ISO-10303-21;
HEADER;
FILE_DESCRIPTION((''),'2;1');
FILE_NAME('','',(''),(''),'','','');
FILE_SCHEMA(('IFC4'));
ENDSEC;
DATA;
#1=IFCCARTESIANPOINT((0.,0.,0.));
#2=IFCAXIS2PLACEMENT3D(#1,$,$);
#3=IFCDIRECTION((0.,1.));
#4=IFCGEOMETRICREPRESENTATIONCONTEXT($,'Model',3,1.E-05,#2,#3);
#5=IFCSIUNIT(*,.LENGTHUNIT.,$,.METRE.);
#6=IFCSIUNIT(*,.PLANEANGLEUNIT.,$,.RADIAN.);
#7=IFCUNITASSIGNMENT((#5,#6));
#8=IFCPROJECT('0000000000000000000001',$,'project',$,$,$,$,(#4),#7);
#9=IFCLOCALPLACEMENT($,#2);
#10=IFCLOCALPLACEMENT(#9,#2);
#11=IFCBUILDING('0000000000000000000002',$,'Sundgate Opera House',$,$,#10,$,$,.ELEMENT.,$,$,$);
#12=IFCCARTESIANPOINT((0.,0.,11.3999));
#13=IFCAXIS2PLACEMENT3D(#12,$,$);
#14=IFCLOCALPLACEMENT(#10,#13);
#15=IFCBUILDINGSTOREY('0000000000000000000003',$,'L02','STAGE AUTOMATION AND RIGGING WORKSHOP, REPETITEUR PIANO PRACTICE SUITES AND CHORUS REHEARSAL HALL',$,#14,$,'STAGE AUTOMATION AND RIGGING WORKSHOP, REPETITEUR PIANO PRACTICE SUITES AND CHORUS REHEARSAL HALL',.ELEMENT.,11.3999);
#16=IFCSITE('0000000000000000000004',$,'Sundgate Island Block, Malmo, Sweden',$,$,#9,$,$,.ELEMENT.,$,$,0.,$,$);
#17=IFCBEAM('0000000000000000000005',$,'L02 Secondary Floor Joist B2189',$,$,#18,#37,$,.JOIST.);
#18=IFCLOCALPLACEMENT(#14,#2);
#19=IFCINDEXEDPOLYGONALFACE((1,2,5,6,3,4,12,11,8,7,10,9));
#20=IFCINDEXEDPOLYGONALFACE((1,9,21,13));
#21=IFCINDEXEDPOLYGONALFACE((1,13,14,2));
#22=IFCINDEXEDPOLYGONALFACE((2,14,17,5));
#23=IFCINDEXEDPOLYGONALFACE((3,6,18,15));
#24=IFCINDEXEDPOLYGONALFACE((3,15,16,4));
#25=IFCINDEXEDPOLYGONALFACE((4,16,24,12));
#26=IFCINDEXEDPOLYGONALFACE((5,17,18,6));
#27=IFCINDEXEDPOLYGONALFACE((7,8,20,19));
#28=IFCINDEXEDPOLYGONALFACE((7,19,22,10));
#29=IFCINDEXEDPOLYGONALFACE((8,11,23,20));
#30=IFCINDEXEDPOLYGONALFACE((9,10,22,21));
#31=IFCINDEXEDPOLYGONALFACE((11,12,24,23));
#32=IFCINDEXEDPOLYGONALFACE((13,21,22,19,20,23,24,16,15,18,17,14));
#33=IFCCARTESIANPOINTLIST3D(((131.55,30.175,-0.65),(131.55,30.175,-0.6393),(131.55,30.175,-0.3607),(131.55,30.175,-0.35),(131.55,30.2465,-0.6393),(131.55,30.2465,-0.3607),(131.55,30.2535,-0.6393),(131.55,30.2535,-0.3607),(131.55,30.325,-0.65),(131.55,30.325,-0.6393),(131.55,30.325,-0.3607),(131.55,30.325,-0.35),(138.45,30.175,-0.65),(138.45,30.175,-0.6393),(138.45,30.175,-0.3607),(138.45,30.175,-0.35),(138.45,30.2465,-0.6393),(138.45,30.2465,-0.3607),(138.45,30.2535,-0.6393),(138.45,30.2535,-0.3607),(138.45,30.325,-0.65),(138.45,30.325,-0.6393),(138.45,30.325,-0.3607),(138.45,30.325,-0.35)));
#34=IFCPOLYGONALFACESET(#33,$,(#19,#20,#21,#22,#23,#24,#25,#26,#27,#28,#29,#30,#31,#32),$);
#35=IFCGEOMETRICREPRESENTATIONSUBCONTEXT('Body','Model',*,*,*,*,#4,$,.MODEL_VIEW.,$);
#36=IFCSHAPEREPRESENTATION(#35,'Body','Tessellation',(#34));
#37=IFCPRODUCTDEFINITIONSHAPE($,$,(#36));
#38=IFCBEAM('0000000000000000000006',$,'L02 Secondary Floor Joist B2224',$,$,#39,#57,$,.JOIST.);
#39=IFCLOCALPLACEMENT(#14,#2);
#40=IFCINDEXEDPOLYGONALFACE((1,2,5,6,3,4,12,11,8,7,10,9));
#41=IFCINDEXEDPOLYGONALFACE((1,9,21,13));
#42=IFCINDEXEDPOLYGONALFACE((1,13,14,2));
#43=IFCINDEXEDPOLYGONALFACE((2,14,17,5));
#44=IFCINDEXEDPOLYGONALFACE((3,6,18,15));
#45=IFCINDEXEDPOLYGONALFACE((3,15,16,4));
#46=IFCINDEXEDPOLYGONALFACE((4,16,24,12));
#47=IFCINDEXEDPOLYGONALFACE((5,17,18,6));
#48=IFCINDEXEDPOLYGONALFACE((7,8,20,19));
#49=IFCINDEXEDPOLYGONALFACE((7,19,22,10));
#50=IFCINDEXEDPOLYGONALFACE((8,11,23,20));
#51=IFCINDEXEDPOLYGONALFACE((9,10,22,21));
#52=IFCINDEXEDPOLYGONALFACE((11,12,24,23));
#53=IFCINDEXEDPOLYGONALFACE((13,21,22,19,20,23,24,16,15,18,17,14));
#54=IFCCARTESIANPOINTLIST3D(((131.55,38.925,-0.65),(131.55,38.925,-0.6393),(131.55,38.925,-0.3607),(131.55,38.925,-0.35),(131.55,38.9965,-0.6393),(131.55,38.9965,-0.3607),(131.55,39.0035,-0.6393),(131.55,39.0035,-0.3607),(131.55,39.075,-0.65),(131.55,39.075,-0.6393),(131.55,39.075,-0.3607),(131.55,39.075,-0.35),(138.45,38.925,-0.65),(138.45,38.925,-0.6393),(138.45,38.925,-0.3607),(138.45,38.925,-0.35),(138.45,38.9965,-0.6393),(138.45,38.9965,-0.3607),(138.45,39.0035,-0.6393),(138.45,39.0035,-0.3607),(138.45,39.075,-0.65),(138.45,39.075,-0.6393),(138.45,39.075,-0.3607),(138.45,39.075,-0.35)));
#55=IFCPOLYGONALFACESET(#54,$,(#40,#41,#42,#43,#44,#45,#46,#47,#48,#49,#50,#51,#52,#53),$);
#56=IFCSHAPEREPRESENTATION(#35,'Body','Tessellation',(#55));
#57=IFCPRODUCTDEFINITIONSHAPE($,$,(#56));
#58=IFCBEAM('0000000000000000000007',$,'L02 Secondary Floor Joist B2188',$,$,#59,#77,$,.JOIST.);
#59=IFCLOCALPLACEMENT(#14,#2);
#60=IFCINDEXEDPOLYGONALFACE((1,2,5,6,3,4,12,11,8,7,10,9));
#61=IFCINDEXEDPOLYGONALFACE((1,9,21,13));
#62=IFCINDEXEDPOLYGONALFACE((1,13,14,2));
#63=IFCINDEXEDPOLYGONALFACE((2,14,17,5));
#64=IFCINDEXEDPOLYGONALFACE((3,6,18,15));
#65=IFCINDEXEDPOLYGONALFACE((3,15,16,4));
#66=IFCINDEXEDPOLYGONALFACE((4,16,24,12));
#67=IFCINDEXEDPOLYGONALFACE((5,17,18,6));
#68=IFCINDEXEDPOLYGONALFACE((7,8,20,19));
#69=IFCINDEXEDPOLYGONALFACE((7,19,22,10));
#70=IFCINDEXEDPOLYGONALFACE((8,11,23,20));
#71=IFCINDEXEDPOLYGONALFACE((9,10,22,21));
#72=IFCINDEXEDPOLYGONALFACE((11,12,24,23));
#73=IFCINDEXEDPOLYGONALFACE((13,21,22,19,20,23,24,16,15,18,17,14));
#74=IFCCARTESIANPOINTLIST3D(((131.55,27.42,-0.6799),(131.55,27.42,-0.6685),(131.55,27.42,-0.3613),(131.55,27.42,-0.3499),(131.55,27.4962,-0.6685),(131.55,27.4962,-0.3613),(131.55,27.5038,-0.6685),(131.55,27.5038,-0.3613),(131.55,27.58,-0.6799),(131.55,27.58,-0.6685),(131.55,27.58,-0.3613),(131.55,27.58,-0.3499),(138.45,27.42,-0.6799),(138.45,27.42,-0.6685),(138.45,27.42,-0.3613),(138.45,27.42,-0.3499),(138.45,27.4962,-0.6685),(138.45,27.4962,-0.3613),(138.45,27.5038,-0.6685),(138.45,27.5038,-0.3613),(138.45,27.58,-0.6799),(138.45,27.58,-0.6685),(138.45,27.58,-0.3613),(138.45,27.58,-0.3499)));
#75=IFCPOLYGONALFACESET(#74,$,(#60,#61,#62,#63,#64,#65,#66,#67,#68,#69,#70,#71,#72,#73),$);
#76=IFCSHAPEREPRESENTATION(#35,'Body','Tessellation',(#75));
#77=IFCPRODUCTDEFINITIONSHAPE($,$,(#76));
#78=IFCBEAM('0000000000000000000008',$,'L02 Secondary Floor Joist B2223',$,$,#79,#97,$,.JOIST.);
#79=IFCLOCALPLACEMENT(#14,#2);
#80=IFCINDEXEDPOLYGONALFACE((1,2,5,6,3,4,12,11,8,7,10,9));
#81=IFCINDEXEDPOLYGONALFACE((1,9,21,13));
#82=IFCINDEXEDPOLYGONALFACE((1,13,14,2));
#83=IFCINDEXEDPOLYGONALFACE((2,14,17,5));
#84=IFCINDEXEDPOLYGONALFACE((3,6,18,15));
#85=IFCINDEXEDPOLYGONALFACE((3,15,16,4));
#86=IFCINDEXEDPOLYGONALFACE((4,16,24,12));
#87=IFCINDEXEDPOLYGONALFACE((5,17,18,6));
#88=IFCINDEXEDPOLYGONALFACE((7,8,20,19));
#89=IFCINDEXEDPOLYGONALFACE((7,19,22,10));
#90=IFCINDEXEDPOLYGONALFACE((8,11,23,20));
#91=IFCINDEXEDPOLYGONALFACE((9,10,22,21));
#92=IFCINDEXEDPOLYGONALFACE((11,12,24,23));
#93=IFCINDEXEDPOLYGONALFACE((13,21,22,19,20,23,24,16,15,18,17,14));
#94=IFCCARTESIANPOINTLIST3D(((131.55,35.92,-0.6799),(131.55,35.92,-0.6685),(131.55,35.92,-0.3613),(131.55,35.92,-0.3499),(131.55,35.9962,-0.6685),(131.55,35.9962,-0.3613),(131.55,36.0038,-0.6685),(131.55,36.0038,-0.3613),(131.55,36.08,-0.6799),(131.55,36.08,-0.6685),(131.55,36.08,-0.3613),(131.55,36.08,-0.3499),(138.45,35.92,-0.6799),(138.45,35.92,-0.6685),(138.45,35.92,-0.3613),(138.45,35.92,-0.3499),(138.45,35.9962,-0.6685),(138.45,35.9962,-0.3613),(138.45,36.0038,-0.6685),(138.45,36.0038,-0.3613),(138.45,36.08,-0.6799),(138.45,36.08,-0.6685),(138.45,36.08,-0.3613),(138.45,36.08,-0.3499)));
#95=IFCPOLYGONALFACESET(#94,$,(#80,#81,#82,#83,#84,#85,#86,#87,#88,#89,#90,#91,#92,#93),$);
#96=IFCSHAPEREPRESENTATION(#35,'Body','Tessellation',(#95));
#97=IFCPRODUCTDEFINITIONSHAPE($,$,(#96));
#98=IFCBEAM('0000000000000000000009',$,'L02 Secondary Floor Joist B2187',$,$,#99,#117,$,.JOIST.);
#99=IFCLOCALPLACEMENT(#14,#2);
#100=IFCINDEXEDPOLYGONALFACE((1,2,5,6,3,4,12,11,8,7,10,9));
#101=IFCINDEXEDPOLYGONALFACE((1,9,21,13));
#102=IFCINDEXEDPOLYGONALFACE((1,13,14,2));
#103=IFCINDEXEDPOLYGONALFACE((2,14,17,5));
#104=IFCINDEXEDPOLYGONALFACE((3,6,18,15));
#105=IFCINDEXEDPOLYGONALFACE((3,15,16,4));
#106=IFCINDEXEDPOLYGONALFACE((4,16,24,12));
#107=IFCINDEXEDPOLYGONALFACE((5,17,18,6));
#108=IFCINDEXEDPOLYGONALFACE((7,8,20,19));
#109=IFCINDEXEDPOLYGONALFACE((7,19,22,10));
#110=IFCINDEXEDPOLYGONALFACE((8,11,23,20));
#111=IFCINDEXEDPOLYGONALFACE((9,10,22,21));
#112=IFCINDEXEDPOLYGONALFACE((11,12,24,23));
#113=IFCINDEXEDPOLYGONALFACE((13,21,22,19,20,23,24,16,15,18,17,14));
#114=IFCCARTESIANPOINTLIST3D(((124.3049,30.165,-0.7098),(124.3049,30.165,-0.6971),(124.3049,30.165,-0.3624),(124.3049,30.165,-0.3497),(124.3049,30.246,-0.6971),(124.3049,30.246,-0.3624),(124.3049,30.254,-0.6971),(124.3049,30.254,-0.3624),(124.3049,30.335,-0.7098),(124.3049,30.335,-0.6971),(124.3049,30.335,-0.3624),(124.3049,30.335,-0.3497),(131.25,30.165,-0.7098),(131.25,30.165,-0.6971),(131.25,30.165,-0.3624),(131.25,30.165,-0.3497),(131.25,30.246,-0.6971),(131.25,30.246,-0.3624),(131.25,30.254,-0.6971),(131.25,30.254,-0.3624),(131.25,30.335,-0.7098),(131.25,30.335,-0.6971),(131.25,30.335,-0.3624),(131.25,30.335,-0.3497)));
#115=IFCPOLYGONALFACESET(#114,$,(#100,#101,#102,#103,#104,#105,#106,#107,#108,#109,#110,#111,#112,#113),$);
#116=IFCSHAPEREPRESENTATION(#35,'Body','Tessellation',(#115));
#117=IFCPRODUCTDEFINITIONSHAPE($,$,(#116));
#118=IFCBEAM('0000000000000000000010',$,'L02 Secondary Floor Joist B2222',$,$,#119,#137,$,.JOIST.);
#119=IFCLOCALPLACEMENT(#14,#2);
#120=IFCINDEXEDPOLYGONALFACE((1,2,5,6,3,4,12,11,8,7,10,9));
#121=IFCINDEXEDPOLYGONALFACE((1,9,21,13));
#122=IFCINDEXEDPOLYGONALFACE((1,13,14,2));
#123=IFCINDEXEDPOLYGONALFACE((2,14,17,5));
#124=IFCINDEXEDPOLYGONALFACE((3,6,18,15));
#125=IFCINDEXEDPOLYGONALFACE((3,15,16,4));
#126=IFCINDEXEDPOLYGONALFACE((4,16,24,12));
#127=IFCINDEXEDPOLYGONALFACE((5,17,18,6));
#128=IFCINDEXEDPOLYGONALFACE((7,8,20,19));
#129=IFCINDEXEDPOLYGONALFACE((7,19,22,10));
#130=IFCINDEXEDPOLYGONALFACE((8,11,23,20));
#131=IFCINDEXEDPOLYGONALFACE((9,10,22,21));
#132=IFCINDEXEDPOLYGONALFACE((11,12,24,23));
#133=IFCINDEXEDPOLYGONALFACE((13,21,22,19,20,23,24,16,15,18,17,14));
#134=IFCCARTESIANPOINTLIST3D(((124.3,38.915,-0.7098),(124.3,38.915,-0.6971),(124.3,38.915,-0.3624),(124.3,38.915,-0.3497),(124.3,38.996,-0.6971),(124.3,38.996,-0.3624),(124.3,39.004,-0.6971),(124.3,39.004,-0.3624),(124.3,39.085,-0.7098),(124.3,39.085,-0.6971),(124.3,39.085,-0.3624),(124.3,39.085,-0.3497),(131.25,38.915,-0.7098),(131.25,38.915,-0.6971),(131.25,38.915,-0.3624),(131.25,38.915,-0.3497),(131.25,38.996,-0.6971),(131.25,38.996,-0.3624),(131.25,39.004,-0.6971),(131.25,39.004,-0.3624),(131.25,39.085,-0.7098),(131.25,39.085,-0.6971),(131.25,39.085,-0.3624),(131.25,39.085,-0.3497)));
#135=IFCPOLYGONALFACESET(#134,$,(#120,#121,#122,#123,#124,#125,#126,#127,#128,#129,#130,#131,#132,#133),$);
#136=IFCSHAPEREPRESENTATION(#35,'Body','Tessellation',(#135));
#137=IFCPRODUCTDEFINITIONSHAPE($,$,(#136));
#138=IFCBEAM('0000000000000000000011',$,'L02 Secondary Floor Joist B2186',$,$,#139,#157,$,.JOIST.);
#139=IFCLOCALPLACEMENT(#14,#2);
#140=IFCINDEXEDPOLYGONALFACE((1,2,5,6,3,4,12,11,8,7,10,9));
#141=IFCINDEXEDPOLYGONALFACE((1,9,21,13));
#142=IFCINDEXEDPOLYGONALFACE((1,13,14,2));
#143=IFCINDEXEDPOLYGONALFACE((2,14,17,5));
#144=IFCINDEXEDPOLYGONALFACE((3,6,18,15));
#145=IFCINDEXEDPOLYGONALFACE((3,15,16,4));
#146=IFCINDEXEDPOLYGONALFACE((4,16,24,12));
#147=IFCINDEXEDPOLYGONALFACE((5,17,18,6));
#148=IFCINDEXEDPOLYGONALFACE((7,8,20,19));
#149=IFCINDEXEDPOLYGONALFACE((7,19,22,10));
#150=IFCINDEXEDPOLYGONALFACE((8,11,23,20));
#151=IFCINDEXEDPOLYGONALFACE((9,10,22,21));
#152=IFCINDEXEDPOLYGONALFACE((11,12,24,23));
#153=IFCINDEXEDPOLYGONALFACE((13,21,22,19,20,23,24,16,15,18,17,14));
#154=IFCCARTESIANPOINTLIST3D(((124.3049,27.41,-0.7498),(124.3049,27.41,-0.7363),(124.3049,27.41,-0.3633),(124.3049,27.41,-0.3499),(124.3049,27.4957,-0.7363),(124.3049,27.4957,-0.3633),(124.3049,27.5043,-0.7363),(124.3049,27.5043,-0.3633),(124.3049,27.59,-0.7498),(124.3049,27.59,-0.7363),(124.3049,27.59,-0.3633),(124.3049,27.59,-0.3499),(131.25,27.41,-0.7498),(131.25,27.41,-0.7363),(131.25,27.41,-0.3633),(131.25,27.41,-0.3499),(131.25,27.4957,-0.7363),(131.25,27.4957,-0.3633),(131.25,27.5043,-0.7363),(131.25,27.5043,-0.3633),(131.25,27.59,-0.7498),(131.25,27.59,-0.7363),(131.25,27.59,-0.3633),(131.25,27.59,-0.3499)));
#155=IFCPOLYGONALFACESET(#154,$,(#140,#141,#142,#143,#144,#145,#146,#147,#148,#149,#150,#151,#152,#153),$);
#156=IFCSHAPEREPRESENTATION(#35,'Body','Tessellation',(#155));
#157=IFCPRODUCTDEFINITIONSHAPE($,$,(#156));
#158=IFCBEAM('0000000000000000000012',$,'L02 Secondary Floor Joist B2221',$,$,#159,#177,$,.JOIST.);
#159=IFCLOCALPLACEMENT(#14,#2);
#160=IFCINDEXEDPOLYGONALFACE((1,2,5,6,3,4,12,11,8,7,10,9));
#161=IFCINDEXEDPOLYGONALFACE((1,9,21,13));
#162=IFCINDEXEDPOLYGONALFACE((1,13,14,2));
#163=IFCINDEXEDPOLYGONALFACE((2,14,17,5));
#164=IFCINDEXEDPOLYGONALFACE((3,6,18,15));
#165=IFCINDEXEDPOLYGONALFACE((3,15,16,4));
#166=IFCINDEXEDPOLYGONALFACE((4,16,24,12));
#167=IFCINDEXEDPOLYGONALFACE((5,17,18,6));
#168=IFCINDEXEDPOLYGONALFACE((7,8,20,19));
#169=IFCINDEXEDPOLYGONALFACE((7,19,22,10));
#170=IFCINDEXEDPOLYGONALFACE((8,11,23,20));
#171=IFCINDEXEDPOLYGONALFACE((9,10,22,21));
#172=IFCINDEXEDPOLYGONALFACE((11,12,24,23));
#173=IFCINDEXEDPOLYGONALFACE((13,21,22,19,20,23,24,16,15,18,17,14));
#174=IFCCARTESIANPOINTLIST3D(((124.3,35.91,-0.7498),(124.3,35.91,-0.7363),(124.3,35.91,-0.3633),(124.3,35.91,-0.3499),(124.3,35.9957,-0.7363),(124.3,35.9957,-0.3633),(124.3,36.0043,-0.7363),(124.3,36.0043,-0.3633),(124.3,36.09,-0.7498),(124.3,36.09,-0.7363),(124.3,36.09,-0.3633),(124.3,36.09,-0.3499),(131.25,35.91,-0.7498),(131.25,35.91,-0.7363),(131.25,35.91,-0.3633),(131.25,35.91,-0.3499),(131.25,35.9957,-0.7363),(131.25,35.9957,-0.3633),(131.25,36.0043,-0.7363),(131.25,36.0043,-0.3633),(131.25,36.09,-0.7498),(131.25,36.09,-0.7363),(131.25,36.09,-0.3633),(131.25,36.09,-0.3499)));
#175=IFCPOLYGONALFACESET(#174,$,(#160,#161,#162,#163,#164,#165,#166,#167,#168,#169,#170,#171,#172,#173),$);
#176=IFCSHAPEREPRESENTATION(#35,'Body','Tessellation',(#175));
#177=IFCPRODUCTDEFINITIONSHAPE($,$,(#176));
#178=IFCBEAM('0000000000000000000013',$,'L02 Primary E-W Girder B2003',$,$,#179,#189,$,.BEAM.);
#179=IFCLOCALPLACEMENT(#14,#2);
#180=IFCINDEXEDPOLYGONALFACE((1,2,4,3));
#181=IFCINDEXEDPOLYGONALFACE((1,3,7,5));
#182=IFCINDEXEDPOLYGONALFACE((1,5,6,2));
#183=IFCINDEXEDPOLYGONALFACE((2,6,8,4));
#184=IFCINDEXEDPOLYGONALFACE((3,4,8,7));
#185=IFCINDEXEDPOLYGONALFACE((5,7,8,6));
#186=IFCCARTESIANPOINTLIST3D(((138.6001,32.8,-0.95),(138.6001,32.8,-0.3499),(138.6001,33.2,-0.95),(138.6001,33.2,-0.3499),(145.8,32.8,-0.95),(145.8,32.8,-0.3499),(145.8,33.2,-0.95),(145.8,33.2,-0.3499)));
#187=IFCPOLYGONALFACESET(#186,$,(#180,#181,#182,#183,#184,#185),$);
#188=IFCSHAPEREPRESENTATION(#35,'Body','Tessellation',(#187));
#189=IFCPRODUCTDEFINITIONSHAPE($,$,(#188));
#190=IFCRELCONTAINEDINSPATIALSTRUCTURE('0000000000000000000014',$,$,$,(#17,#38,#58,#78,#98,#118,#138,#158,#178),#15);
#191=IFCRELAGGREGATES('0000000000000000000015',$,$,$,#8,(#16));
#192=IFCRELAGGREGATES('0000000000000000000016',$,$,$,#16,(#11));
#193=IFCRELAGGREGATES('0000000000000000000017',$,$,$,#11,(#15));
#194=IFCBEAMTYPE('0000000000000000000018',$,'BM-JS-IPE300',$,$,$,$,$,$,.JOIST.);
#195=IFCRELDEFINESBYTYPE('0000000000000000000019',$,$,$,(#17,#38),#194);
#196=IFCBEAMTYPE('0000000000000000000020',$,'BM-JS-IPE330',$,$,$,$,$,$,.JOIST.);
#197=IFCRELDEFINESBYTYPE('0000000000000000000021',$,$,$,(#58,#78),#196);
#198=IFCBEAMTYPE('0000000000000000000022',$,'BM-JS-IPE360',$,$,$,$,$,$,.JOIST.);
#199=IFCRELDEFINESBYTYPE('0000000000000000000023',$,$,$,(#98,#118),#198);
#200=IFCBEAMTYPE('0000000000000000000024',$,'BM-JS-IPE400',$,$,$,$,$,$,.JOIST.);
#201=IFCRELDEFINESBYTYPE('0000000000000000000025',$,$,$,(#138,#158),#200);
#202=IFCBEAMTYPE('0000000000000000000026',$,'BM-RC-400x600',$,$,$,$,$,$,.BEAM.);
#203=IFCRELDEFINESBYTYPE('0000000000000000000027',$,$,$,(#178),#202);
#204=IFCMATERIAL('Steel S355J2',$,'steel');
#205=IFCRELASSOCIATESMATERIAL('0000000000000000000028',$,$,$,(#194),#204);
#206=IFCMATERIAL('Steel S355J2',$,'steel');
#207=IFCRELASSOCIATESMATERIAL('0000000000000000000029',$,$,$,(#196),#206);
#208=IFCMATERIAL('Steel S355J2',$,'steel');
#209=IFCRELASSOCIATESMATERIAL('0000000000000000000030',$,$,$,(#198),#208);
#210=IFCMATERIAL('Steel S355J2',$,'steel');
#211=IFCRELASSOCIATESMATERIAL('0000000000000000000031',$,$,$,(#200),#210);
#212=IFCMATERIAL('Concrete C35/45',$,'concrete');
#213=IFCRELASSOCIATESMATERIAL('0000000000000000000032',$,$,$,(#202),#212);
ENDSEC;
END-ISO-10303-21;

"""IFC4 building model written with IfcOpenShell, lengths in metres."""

from ifc_helpers import new_model, si_unit, direction, frame, origin, origin_2d, place, context, subcontext, project, spatial, rectangle, i_section, extrude, material, material_profile, profile_set, type_object, element, save


model = new_model("IFC4")

# Units and contexts
model_context = context("Model", 3, precision=1e-05, world=origin(), true_north=direction((0.0, 1.0)))
body_context = subcontext(model_context, "Body", "Model", "MODEL_VIEW")
ifc_project = project(units=[si_unit("LENGTHUNIT", "METRE"), si_unit("PLANEANGLEUNIT", "RADIAN")], contexts=[model_context])

# Site, building, storey
site_placement = place(None, origin())
site = spatial("IfcSite", under=ifc_project, at=site_placement, Name="Sundgate Island Block, Malmo, Sweden", CompositionType="ELEMENT", RefElevation=0.0)
building_placement = place(site_placement, origin())
building = spatial("IfcBuilding", under=site, at=building_placement, Name="Sundgate Opera House", CompositionType="ELEMENT")
storey_placement = place(building_placement, frame((0.0, 0.0, 11.3999)))
storey = spatial("IfcBuildingStorey", under=building, at=storey_placement, Name="L02", Description="STAGE AUTOMATION AND RIGGING WORKSHOP, REPETITEUR PIANO PRACTICE SUITES AND CHORUS REHEARSAL HALL", LongName="STAGE AUTOMATION AND RIGGING WORKSHOP, REPETITEUR PIANO PRACTICE SUITES AND CHORUS REHEARSAL HALL", CompositionType="ELEMENT", Elevation=11.3999)

# Beams
ifc_material_1 = material(Name="Steel S355J2", Category="steel")
ifc_material_profile_1 = material_profile(ifc_material_1, i_section(OverallWidth=0.1499, OverallDepth=0.3, WebThickness=0.0071, FlangeThickness=0.0107, at=origin_2d()), Name="IPE 300")
ifc_profile_set_1 = profile_set([ifc_material_profile_1], Name="Steel S355J2")
beam_type_1 = type_object("IfcBeamType", Name="BM-JS-IPE300", PredefinedType="JOIST", material=ifc_profile_set_1)
for number, where, z_axis, x_axis, name in (
    (1, (131.55, 30.25, -0.5), (1.0, 0.0, 0.0), (0.0, 1.0, 0.0), "L02 Secondary Floor Joist B2189"),
    (2, (131.55, 39.0, -0.5), (1.0, 0.0, 0.0), (0.0, 1.0, 0.0), "L02 Secondary Floor Joist B2224"),
):
    element("IfcBeam", number, at=place(storey_placement, frame(where, z_axis=z_axis, x_axis=x_axis)), inside=storey, type_object=beam_type_1, Name=name, PredefinedType="JOIST", context=body_context, shape_type="SweptSolid", body=[
        extrude(i_section(OverallWidth=0.1499, OverallDepth=0.3, WebThickness=0.0071, FlangeThickness=0.0107, at=origin_2d()), origin(), (0.0, 0.0, 1.0), 6.8999),
    ])
ifc_material_2 = material(Name="Steel S355J2", Category="steel")
ifc_material_profile_2 = material_profile(ifc_material_2, i_section(OverallWidth=0.1599, OverallDepth=0.3301, WebThickness=0.0076, FlangeThickness=0.0115, at=origin_2d()), Name="IPE 330")
ifc_profile_set_2 = profile_set([ifc_material_profile_2], Name="Steel S355J2")
beam_type_2 = type_object("IfcBeamType", Name="BM-JS-IPE330", PredefinedType="JOIST", material=ifc_profile_set_2)
for number, where, z_axis, x_axis, name in (
    (3, (131.55, 27.5, -0.5149), (1.0, 0.0, 0.0), (0.0, 1.0, 0.0), "L02 Secondary Floor Joist B2188"),
    (4, (131.55, 36.0, -0.5149), (1.0, 0.0, 0.0), (0.0, 1.0, 0.0), "L02 Secondary Floor Joist B2223"),
):
    element("IfcBeam", number, at=place(storey_placement, frame(where, z_axis=z_axis, x_axis=x_axis)), inside=storey, type_object=beam_type_2, Name=name, PredefinedType="JOIST", context=body_context, shape_type="SweptSolid", body=[
        extrude(i_section(OverallWidth=0.1599, OverallDepth=0.3301, WebThickness=0.0076, FlangeThickness=0.0115, at=origin_2d()), origin(), (0.0, 0.0, 1.0), 6.8999),
    ])
ifc_material_3 = material(Name="Steel S355J2", Category="steel")
ifc_material_profile_3 = material_profile(ifc_material_3, i_section(OverallWidth=0.1699, OverallDepth=0.3601, WebThickness=0.0081, FlangeThickness=0.0127, at=origin_2d()), Name="IPE 360")
ifc_profile_set_3 = profile_set([ifc_material_profile_3], Name="Steel S355J2")
beam_type_3 = type_object("IfcBeamType", Name="BM-JS-IPE360", PredefinedType="JOIST", material=ifc_profile_set_3)
beam_1_placement = place(storey_placement, frame((124.3049, 30.25, -0.5298), z_axis=(1.0, 0.0, 0.0), x_axis=(0.0, 1.0, 0.0)))
element("IfcBeam", 5, at=beam_1_placement, inside=storey, type_object=beam_type_3, Name="L02 Secondary Floor Joist B2187", PredefinedType="JOIST", context=body_context, shape_type="SweptSolid", body=[
    extrude(i_section(OverallWidth=0.1699, OverallDepth=0.3601, WebThickness=0.0081, FlangeThickness=0.0127, at=origin_2d()), origin(), (0.0, 0.0, 1.0), 6.9451),
])
beam_2_placement = place(storey_placement, frame((124.3, 39.0, -0.5298), z_axis=(1.0, 0.0, 0.0), x_axis=(0.0, 1.0, 0.0)))
element("IfcBeam", 6, at=beam_2_placement, inside=storey, type_object=beam_type_3, Name="L02 Secondary Floor Joist B2222", PredefinedType="JOIST", context=body_context, shape_type="SweptSolid", body=[
    extrude(i_section(OverallWidth=0.1699, OverallDepth=0.3601, WebThickness=0.0081, FlangeThickness=0.0127, at=origin_2d()), origin(), (0.0, 0.0, 1.0), 6.95),
])
ifc_material_4 = material(Name="Steel S355J2", Category="steel")
ifc_material_profile_4 = material_profile(ifc_material_4, i_section(OverallWidth=0.1799, OverallDepth=0.3999, WebThickness=0.0085, FlangeThickness=0.0134, at=origin_2d()), Name="IPE 400")
ifc_profile_set_4 = profile_set([ifc_material_profile_4], Name="Steel S355J2")
beam_type_4 = type_object("IfcBeamType", Name="BM-JS-IPE400", PredefinedType="JOIST", material=ifc_profile_set_4)
beam_3_placement = place(storey_placement, frame((124.3049, 27.5, -0.5498), z_axis=(1.0, 0.0, 0.0), x_axis=(0.0, 1.0, 0.0)))
element("IfcBeam", 7, at=beam_3_placement, inside=storey, type_object=beam_type_4, Name="L02 Secondary Floor Joist B2186", PredefinedType="JOIST", context=body_context, shape_type="SweptSolid", body=[
    extrude(i_section(OverallWidth=0.1799, OverallDepth=0.3999, WebThickness=0.0085, FlangeThickness=0.0134, at=origin_2d()), origin(), (0.0, 0.0, 1.0), 6.9451),
])
beam_4_placement = place(storey_placement, frame((124.3, 36.0, -0.5498), z_axis=(1.0, 0.0, 0.0), x_axis=(0.0, 1.0, 0.0)))
element("IfcBeam", 8, at=beam_4_placement, inside=storey, type_object=beam_type_4, Name="L02 Secondary Floor Joist B2221", PredefinedType="JOIST", context=body_context, shape_type="SweptSolid", body=[
    extrude(i_section(OverallWidth=0.1799, OverallDepth=0.3999, WebThickness=0.0085, FlangeThickness=0.0134, at=origin_2d()), origin(), (0.0, 0.0, 1.0), 6.95),
])
ifc_material_5 = material(Name="Concrete C35/45", Category="concrete")
ifc_material_profile_5 = material_profile(ifc_material_5, rectangle(XDim=0.3999, YDim=0.6001, at=origin_2d()), Name="RC 400x600")
ifc_profile_set_5 = profile_set([ifc_material_profile_5], Name="Concrete C35/45")
beam_type_5 = type_object("IfcBeamType", Name="BM-RC-400x600", PredefinedType="BEAM", material=ifc_profile_set_5)
beam_5_placement = place(storey_placement, frame((138.6001, 33.0, -0.6499), z_axis=(1.0, 0.0, 0.0), x_axis=(0.0, 1.0, 0.0)))
element("IfcBeam", 9, at=beam_5_placement, inside=storey, type_object=beam_type_5, Name="L02 Primary E-W Girder B2003", PredefinedType="BEAM", context=body_context, shape_type="SweptSolid", body=[
    extrude(rectangle(XDim=0.3999, YDim=0.6001, at=origin_2d()), origin(), (0.0, 0.0, 1.0), 7.2),
])

save(model, "model.ifc")
